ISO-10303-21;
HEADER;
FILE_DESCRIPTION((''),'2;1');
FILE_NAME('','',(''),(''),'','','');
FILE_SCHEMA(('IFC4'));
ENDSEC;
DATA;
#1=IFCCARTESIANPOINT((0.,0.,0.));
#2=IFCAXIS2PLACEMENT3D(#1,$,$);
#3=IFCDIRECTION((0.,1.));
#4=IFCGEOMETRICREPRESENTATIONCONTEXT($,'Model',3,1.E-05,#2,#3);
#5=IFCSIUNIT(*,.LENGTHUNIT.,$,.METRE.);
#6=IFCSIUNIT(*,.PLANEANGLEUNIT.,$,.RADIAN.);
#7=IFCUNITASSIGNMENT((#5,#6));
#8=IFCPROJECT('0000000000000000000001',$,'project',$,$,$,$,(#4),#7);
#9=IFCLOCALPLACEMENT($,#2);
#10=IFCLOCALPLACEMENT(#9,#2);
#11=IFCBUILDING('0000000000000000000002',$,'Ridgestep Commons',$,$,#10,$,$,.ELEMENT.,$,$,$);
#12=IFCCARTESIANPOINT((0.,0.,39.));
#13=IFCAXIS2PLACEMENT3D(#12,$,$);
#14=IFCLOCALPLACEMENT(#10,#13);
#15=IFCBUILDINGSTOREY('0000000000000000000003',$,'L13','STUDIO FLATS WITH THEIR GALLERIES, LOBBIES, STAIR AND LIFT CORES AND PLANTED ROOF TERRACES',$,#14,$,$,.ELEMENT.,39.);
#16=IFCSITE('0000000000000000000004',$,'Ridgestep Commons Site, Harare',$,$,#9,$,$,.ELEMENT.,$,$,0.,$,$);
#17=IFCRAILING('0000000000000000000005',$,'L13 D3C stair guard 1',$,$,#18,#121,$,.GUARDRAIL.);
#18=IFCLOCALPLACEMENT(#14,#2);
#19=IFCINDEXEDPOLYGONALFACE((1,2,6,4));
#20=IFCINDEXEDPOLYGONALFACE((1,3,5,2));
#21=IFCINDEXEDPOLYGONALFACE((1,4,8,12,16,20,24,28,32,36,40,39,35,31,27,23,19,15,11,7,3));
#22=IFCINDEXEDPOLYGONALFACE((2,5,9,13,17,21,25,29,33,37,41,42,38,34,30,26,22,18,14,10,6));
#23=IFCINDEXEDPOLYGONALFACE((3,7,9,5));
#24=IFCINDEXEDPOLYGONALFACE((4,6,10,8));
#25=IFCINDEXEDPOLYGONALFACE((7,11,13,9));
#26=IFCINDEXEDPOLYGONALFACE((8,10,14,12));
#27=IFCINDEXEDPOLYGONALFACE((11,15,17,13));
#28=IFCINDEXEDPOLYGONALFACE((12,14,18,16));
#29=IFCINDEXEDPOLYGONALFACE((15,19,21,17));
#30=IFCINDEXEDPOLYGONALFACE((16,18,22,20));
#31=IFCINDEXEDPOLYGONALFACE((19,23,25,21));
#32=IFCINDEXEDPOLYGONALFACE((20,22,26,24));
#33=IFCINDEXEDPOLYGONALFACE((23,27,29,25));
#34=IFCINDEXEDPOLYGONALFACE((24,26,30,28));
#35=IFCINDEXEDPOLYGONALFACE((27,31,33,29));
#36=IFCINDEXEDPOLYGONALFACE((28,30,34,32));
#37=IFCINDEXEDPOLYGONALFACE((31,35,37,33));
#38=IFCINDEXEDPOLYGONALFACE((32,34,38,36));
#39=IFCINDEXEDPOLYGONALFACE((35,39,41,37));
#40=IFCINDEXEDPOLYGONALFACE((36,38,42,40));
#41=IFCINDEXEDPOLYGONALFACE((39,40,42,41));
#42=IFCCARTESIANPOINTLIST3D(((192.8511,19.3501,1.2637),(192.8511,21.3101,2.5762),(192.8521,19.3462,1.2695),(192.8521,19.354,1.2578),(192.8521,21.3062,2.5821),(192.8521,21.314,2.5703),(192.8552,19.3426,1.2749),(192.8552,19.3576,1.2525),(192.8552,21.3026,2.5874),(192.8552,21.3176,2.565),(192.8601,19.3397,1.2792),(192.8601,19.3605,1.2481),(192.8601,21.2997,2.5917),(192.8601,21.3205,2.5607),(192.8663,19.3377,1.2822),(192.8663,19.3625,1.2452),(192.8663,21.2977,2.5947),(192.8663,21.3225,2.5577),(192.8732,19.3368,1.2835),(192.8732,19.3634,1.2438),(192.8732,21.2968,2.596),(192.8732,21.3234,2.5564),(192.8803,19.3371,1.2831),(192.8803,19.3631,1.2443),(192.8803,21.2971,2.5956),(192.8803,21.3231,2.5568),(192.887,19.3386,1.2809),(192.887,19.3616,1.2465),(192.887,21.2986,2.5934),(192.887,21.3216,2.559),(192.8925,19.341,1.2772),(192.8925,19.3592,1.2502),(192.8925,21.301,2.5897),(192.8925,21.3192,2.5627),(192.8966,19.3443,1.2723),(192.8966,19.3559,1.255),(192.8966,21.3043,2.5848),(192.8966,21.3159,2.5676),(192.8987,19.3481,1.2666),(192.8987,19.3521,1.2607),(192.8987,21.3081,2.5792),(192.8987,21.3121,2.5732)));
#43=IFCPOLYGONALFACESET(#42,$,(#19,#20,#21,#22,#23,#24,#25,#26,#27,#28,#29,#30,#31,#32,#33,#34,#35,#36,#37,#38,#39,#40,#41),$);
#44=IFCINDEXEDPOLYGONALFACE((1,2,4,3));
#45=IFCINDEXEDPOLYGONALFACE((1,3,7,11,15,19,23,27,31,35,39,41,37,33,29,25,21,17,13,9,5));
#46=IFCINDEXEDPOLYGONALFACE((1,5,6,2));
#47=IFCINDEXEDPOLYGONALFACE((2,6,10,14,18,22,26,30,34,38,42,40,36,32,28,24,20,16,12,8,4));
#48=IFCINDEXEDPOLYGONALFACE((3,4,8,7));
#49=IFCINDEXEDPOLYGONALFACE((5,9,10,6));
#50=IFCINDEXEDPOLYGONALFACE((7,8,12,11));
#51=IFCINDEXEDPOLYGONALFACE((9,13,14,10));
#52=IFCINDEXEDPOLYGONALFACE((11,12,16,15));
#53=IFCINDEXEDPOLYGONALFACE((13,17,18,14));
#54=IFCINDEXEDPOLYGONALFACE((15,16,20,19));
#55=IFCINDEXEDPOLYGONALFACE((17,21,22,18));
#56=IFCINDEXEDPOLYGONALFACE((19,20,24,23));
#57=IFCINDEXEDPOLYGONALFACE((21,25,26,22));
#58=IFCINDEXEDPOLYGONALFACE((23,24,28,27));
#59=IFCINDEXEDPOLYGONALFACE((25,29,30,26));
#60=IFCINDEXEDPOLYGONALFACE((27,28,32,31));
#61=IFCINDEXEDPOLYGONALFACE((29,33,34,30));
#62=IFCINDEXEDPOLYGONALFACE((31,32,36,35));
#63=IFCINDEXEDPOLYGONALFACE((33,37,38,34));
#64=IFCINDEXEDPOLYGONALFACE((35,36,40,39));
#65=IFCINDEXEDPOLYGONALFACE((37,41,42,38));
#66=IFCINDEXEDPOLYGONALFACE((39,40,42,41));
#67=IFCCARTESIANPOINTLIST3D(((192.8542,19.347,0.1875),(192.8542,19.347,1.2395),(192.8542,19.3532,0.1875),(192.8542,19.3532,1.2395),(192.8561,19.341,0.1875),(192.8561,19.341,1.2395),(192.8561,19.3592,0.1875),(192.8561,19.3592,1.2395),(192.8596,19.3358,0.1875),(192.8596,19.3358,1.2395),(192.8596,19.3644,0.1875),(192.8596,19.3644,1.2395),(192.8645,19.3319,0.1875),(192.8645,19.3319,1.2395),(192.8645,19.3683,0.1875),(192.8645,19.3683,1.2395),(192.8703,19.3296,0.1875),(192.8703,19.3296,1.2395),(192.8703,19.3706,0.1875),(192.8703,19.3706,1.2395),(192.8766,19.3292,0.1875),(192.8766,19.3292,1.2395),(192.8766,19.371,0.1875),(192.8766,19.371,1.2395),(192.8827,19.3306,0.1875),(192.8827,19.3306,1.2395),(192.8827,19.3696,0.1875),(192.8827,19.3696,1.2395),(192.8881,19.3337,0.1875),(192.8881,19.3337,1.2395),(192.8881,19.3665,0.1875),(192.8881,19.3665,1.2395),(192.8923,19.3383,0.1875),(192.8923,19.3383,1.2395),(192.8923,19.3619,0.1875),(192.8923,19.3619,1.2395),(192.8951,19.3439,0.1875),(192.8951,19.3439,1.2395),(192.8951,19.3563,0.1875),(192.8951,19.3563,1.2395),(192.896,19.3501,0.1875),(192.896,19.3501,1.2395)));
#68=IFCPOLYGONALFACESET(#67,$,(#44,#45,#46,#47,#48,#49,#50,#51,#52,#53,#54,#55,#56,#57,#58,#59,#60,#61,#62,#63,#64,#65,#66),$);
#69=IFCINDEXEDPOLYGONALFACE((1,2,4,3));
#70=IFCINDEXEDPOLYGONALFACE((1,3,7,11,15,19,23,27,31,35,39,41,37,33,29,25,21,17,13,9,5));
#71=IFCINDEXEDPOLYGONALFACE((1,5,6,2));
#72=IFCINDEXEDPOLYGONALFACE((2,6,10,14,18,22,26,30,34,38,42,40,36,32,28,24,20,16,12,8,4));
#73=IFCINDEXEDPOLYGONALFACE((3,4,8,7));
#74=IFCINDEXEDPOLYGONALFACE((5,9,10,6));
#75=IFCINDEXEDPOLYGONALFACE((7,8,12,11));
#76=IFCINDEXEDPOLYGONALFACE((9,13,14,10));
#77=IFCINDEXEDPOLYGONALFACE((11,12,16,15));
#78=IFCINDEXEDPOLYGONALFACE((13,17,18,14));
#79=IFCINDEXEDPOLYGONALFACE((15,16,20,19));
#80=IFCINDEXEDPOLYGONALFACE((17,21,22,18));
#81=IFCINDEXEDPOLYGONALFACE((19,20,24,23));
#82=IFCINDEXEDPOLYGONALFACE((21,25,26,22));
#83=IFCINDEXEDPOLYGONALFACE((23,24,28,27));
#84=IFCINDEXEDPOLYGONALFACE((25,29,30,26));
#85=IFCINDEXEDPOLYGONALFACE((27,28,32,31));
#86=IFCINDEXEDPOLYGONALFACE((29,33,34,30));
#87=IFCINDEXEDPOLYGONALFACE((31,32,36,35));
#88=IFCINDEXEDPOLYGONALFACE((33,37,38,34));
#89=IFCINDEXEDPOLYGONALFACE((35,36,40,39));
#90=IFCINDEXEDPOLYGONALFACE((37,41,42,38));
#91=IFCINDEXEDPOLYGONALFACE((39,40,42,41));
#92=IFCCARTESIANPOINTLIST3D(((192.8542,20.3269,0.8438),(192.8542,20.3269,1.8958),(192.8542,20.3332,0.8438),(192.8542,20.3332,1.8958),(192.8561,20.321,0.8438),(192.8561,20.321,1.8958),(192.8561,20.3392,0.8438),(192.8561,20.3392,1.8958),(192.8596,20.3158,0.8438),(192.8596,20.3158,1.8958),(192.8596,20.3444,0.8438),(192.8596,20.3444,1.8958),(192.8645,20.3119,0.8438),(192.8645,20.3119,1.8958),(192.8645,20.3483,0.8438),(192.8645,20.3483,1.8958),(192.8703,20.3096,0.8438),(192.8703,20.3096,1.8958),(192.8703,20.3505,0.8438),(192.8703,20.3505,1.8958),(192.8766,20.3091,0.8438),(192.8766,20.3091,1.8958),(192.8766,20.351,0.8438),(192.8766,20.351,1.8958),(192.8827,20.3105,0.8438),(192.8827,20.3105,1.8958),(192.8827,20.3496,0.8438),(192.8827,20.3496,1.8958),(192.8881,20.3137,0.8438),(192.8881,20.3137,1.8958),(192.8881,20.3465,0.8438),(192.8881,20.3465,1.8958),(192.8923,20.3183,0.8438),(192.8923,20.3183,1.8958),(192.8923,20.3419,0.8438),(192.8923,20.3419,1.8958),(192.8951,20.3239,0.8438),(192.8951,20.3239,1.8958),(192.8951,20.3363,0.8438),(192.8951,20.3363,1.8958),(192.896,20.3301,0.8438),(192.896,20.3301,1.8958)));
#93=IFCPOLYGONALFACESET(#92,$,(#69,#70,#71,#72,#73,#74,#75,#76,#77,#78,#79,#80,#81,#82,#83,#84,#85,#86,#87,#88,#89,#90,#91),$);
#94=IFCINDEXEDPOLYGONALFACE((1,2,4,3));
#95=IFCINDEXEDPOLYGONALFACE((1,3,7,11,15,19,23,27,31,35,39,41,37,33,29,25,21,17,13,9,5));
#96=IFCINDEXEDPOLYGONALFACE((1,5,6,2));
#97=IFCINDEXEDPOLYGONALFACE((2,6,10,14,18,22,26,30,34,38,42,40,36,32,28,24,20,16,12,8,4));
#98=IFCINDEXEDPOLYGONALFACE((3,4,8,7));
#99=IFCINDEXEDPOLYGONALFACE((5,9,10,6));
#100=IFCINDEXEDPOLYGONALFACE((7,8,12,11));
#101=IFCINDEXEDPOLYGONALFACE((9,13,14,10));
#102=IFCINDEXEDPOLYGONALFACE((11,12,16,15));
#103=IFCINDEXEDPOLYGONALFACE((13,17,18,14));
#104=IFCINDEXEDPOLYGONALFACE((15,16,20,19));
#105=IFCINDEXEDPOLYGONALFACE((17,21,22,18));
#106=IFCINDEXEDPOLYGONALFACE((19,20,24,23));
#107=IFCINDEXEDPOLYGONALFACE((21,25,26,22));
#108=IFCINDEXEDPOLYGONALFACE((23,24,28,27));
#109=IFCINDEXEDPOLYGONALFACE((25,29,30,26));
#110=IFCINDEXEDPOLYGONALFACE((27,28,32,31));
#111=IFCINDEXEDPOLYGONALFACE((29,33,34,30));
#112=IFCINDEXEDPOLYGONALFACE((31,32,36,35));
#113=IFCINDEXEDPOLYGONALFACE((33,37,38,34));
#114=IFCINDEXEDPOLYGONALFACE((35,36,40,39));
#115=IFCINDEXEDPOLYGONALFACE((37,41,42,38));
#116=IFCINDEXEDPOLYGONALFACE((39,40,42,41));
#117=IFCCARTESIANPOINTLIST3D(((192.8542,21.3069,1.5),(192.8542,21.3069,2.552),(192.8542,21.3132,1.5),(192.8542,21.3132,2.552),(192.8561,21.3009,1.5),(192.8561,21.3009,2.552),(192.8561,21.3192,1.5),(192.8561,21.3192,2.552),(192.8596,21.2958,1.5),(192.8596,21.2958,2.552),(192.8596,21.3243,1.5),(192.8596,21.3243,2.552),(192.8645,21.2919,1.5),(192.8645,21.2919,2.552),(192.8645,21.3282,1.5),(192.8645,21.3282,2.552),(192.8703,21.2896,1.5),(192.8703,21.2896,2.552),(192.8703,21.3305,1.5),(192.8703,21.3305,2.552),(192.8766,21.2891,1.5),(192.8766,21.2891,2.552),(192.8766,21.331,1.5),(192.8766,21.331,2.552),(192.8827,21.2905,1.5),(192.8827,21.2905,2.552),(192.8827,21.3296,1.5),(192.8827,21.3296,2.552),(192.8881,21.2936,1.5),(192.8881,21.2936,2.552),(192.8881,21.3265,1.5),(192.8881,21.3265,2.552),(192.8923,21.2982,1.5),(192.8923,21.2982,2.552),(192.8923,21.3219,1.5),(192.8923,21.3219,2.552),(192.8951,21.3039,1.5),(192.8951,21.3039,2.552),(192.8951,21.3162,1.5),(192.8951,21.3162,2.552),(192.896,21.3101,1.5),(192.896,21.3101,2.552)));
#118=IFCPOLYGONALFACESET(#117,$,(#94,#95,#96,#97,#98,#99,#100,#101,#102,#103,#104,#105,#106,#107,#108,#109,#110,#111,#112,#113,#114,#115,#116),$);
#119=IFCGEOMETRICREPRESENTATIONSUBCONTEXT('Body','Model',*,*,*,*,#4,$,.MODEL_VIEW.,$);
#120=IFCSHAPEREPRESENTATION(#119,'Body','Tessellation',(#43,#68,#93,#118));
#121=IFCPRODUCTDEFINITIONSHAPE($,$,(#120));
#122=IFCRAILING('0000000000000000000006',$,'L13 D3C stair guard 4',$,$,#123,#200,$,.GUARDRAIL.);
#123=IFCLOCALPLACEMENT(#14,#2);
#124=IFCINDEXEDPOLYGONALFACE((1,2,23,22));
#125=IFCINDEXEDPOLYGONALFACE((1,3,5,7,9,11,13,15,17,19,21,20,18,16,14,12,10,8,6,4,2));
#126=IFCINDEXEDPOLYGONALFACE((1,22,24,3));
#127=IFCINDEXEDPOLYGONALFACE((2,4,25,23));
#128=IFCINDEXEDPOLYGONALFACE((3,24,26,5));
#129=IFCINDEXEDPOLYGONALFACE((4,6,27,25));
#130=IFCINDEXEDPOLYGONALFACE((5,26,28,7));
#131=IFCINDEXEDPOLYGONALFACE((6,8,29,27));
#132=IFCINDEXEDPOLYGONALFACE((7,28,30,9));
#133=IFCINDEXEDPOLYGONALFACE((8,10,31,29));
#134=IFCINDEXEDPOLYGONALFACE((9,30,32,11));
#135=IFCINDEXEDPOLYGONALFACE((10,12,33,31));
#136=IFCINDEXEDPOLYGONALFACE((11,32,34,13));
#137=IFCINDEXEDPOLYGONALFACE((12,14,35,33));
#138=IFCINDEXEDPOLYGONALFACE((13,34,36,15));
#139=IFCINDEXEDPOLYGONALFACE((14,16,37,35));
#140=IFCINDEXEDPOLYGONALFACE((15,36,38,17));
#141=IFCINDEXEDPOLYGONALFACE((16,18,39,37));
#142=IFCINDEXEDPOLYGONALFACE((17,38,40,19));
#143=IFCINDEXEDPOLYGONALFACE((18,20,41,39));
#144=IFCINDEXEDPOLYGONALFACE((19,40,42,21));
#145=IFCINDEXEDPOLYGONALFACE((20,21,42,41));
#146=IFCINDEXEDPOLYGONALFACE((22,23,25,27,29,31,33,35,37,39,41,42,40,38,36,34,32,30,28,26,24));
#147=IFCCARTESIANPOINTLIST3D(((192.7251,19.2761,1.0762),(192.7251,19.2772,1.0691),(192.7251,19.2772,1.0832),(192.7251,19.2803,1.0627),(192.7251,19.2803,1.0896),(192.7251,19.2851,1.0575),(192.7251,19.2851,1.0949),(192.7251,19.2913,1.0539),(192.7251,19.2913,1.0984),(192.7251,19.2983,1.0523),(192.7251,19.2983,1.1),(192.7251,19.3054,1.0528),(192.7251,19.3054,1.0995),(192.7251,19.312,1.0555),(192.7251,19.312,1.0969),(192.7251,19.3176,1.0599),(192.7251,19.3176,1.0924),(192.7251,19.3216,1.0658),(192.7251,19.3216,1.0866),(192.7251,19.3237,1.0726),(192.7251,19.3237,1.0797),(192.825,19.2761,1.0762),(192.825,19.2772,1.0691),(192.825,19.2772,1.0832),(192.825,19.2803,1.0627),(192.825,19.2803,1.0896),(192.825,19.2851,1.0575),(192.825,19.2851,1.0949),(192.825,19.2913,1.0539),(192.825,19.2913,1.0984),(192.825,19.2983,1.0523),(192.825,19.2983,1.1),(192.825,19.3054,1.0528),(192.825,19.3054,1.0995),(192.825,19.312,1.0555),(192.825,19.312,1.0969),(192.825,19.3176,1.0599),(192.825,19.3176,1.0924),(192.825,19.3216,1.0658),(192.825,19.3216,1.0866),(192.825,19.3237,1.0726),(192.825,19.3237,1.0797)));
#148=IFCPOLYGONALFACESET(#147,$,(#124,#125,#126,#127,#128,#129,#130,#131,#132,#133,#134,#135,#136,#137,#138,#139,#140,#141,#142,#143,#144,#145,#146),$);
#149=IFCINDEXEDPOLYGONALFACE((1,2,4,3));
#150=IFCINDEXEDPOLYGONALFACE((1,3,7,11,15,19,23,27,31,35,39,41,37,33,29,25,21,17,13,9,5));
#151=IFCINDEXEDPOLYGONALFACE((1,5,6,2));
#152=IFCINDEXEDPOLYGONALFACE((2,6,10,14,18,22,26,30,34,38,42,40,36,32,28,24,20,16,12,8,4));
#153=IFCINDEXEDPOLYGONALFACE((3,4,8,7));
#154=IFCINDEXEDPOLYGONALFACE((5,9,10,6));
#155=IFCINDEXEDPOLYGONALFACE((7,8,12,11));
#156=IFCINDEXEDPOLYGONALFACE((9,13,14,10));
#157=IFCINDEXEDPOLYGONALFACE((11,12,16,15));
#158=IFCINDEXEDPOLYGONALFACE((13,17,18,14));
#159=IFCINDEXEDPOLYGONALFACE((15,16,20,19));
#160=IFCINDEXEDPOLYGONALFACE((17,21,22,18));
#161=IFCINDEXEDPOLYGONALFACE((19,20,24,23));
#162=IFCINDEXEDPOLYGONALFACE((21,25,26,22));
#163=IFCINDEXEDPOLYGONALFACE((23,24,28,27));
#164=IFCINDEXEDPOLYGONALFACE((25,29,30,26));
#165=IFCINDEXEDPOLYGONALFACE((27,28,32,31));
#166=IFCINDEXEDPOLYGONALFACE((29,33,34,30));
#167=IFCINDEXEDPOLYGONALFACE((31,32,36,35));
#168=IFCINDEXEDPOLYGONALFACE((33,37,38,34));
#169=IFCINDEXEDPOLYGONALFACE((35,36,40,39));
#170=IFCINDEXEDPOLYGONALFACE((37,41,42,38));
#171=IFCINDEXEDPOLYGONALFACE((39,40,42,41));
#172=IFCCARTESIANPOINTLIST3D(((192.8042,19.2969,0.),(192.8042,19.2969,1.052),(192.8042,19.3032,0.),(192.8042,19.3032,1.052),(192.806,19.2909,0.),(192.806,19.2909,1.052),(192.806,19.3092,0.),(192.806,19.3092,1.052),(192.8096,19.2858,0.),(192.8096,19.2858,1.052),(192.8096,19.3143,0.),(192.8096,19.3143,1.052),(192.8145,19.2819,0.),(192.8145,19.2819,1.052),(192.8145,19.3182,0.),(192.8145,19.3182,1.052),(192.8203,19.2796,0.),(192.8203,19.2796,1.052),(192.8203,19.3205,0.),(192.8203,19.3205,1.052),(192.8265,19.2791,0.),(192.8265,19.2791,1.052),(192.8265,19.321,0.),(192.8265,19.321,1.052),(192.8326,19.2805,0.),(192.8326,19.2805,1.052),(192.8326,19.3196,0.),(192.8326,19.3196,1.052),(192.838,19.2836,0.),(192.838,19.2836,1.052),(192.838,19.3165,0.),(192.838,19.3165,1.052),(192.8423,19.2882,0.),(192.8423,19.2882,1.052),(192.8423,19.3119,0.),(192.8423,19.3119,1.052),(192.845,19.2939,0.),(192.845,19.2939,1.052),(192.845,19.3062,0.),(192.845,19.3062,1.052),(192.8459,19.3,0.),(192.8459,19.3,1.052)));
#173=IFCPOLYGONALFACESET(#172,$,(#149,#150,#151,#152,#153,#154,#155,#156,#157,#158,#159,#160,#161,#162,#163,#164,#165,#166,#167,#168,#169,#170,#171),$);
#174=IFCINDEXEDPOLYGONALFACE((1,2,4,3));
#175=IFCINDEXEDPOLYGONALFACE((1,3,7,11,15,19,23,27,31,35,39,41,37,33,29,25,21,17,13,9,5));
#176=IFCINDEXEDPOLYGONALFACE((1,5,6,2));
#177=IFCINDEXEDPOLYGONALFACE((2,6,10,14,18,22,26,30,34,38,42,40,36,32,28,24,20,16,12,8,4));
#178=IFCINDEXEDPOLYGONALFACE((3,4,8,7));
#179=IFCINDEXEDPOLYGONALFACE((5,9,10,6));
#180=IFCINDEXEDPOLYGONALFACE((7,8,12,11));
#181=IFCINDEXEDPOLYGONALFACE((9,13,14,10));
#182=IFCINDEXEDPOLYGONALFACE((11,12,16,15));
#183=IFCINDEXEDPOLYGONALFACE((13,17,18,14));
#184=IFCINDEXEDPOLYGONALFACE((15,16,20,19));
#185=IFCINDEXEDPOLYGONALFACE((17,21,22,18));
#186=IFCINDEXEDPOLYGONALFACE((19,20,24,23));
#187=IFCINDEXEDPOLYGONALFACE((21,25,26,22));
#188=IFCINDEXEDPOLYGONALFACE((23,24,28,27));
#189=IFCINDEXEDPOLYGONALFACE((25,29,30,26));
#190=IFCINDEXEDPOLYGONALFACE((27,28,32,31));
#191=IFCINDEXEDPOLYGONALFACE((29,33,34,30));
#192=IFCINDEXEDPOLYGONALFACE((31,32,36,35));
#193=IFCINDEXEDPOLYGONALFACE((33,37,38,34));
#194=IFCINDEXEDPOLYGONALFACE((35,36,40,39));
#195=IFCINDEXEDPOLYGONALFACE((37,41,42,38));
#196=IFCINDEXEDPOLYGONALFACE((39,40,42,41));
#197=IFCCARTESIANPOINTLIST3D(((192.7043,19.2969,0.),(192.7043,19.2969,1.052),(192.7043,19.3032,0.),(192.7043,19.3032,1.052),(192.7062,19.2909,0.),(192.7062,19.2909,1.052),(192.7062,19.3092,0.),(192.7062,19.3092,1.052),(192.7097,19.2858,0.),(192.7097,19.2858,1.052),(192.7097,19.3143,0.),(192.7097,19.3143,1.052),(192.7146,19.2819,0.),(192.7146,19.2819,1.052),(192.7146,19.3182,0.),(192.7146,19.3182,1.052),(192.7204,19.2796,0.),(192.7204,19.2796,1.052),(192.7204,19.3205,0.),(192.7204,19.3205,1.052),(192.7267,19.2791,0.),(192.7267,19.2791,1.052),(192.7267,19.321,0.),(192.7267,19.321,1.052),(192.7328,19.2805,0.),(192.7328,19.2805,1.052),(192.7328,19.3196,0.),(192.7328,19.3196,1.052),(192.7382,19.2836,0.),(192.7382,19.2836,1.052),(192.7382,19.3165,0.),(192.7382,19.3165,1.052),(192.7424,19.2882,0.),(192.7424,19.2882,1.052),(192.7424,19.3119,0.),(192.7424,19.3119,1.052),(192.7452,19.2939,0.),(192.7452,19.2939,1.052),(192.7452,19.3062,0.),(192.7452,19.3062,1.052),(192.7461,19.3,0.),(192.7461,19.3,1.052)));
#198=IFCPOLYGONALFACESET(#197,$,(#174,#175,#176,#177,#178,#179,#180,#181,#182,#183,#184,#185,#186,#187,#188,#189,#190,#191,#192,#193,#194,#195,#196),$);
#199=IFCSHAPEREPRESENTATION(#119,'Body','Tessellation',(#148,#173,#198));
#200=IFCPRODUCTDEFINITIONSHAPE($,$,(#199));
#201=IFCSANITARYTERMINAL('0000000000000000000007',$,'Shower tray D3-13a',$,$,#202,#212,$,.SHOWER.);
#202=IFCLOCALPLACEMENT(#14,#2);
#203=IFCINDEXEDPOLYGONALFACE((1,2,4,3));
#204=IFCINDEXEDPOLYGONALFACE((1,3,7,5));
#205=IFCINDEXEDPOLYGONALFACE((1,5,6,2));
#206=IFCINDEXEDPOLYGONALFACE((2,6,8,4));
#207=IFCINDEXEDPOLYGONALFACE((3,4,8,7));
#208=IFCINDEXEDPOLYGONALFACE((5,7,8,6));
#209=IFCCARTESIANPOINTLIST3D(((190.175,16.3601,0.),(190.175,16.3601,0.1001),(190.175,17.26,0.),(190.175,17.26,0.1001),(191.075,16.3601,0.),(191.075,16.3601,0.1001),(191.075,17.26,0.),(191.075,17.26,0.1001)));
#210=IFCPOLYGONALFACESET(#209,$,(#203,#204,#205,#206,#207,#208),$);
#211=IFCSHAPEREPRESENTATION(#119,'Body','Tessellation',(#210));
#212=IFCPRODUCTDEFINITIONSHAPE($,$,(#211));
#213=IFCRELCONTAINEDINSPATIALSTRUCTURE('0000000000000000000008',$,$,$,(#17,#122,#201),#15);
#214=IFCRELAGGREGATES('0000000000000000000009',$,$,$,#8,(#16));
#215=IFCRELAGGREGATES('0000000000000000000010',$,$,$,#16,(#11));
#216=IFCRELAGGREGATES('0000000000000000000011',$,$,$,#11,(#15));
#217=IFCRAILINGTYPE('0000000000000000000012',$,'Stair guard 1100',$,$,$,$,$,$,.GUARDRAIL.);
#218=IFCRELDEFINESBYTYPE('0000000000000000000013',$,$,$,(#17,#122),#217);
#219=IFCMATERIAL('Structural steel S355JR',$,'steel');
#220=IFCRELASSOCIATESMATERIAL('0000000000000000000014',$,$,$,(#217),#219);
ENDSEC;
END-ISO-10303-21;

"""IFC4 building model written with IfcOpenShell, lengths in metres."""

from ifc_helpers import new_model, si_unit, direction, frame, origin, origin_2d, place, context, subcontext, project, spatial, rectangle, circle, extrude, material, type_object, element, save


model = new_model("IFC4")

# Units and contexts
model_context = context("Model", 3, precision=1e-05, world=origin(), true_north=direction((0.0, 1.0)))
body_context = subcontext(model_context, "Body", "Model", "MODEL_VIEW")
ifc_project = project(units=[si_unit("LENGTHUNIT", "METRE"), si_unit("PLANEANGLEUNIT", "RADIAN")], contexts=[model_context])

# Site, building, storey
site_placement = place(None, origin())
site = spatial("IfcSite", under=ifc_project, at=site_placement, Name="Ridgestep Commons Site, Harare", CompositionType="ELEMENT", RefElevation=0.0)
building_placement = place(site_placement, origin())
building = spatial("IfcBuilding", under=site, at=building_placement, Name="Ridgestep Commons", CompositionType="ELEMENT")
storey_placement = place(building_placement, frame((0.0, 0.0, 39.0)))
storey = spatial("IfcBuildingStorey", under=building, at=storey_placement, Name="L13", Description="STUDIO FLATS WITH THEIR GALLERIES, LOBBIES, STAIR AND LIFT CORES AND PLANTED ROOF TERRACES", CompositionType="ELEMENT", Elevation=39.0)

# Railings
ifc_material_1 = material(Name="Structural steel S355JR", Category="steel")
railing_type_1 = type_object("IfcRailingType", Name="Stair guard 1100", PredefinedType="GUARDRAIL", material=ifc_material_1)
railing_1_placement = place(storey_placement, frame((192.875, 19.3501, 0.1875)))
element("IfcRailing", 1, at=railing_1_placement, inside=storey, type_object=railing_type_1, Name="L13 D3C stair guard 1", PredefinedType="GUARDRAIL", context=body_context, shape_type="SweptSolid", body=[
    extrude(circle(Radius=0.0239, at=origin_2d()), frame((0.0, 0.0, 1.0762), z_axis=(0.0, 0.830902, 0.556419), x_axis=(-1.0, 0.0, 0.0)), (0.0, 0.0, 1.0), 2.3589),
    extrude(circle(Radius=0.021, at=origin_2d()), origin(), (0.0, 0.0, 1.0), 1.052),
    extrude(circle(Radius=0.021, at=origin_2d()), frame((0.0, 0.98, 0.6562)), (0.0, 0.0, 1.0), 1.052),
    extrude(circle(Radius=0.021, at=origin_2d()), frame((0.0, 1.96, 1.3125)), (0.0, 0.0, 1.0), 1.052),
])
railing_2_placement = place(storey_placement, frame((192.825, 19.3, 0.0)))
element("IfcRailing", 2, at=railing_2_placement, inside=storey, type_object=railing_type_1, Name="L13 D3C stair guard 4", PredefinedType="GUARDRAIL", context=body_context, shape_type="SweptSolid", body=[
    extrude(circle(Radius=0.0239, at=origin_2d()), frame((0.0, 0.0, 1.0762), z_axis=(-1.0, 0.0, 0.0), x_axis=(0.0, -1.0, 0.0)), (0.0, 0.0, 1.0), 0.0999),
    extrude(circle(Radius=0.021, at=origin_2d()), origin(), (0.0, 0.0, 1.0), 1.052),
    extrude(circle(Radius=0.021, at=origin_2d()), frame((-0.0999, 0.0, 0.0)), (0.0, 0.0, 1.0), 1.052),
])

# Sanitary terminal
sanitary_terminal_1_placement = place(storey_placement, frame((190.625, 16.8101, 0.0), z_axis=(0.0, 0.0, 1.0), x_axis=(1.0, 0.0, 0.0)))
element("IfcSanitaryTerminal", 3, at=sanitary_terminal_1_placement, inside=storey, Name="Shower tray D3-13a", PredefinedType="SHOWER", context=body_context, shape_type="SweptSolid", body=[
    extrude(rectangle(XDim=0.8999, YDim=0.8999, at=origin_2d()), origin(), (0.0, 0.0, 1.0), 0.1001),
])

save(model, "model.ifc")
